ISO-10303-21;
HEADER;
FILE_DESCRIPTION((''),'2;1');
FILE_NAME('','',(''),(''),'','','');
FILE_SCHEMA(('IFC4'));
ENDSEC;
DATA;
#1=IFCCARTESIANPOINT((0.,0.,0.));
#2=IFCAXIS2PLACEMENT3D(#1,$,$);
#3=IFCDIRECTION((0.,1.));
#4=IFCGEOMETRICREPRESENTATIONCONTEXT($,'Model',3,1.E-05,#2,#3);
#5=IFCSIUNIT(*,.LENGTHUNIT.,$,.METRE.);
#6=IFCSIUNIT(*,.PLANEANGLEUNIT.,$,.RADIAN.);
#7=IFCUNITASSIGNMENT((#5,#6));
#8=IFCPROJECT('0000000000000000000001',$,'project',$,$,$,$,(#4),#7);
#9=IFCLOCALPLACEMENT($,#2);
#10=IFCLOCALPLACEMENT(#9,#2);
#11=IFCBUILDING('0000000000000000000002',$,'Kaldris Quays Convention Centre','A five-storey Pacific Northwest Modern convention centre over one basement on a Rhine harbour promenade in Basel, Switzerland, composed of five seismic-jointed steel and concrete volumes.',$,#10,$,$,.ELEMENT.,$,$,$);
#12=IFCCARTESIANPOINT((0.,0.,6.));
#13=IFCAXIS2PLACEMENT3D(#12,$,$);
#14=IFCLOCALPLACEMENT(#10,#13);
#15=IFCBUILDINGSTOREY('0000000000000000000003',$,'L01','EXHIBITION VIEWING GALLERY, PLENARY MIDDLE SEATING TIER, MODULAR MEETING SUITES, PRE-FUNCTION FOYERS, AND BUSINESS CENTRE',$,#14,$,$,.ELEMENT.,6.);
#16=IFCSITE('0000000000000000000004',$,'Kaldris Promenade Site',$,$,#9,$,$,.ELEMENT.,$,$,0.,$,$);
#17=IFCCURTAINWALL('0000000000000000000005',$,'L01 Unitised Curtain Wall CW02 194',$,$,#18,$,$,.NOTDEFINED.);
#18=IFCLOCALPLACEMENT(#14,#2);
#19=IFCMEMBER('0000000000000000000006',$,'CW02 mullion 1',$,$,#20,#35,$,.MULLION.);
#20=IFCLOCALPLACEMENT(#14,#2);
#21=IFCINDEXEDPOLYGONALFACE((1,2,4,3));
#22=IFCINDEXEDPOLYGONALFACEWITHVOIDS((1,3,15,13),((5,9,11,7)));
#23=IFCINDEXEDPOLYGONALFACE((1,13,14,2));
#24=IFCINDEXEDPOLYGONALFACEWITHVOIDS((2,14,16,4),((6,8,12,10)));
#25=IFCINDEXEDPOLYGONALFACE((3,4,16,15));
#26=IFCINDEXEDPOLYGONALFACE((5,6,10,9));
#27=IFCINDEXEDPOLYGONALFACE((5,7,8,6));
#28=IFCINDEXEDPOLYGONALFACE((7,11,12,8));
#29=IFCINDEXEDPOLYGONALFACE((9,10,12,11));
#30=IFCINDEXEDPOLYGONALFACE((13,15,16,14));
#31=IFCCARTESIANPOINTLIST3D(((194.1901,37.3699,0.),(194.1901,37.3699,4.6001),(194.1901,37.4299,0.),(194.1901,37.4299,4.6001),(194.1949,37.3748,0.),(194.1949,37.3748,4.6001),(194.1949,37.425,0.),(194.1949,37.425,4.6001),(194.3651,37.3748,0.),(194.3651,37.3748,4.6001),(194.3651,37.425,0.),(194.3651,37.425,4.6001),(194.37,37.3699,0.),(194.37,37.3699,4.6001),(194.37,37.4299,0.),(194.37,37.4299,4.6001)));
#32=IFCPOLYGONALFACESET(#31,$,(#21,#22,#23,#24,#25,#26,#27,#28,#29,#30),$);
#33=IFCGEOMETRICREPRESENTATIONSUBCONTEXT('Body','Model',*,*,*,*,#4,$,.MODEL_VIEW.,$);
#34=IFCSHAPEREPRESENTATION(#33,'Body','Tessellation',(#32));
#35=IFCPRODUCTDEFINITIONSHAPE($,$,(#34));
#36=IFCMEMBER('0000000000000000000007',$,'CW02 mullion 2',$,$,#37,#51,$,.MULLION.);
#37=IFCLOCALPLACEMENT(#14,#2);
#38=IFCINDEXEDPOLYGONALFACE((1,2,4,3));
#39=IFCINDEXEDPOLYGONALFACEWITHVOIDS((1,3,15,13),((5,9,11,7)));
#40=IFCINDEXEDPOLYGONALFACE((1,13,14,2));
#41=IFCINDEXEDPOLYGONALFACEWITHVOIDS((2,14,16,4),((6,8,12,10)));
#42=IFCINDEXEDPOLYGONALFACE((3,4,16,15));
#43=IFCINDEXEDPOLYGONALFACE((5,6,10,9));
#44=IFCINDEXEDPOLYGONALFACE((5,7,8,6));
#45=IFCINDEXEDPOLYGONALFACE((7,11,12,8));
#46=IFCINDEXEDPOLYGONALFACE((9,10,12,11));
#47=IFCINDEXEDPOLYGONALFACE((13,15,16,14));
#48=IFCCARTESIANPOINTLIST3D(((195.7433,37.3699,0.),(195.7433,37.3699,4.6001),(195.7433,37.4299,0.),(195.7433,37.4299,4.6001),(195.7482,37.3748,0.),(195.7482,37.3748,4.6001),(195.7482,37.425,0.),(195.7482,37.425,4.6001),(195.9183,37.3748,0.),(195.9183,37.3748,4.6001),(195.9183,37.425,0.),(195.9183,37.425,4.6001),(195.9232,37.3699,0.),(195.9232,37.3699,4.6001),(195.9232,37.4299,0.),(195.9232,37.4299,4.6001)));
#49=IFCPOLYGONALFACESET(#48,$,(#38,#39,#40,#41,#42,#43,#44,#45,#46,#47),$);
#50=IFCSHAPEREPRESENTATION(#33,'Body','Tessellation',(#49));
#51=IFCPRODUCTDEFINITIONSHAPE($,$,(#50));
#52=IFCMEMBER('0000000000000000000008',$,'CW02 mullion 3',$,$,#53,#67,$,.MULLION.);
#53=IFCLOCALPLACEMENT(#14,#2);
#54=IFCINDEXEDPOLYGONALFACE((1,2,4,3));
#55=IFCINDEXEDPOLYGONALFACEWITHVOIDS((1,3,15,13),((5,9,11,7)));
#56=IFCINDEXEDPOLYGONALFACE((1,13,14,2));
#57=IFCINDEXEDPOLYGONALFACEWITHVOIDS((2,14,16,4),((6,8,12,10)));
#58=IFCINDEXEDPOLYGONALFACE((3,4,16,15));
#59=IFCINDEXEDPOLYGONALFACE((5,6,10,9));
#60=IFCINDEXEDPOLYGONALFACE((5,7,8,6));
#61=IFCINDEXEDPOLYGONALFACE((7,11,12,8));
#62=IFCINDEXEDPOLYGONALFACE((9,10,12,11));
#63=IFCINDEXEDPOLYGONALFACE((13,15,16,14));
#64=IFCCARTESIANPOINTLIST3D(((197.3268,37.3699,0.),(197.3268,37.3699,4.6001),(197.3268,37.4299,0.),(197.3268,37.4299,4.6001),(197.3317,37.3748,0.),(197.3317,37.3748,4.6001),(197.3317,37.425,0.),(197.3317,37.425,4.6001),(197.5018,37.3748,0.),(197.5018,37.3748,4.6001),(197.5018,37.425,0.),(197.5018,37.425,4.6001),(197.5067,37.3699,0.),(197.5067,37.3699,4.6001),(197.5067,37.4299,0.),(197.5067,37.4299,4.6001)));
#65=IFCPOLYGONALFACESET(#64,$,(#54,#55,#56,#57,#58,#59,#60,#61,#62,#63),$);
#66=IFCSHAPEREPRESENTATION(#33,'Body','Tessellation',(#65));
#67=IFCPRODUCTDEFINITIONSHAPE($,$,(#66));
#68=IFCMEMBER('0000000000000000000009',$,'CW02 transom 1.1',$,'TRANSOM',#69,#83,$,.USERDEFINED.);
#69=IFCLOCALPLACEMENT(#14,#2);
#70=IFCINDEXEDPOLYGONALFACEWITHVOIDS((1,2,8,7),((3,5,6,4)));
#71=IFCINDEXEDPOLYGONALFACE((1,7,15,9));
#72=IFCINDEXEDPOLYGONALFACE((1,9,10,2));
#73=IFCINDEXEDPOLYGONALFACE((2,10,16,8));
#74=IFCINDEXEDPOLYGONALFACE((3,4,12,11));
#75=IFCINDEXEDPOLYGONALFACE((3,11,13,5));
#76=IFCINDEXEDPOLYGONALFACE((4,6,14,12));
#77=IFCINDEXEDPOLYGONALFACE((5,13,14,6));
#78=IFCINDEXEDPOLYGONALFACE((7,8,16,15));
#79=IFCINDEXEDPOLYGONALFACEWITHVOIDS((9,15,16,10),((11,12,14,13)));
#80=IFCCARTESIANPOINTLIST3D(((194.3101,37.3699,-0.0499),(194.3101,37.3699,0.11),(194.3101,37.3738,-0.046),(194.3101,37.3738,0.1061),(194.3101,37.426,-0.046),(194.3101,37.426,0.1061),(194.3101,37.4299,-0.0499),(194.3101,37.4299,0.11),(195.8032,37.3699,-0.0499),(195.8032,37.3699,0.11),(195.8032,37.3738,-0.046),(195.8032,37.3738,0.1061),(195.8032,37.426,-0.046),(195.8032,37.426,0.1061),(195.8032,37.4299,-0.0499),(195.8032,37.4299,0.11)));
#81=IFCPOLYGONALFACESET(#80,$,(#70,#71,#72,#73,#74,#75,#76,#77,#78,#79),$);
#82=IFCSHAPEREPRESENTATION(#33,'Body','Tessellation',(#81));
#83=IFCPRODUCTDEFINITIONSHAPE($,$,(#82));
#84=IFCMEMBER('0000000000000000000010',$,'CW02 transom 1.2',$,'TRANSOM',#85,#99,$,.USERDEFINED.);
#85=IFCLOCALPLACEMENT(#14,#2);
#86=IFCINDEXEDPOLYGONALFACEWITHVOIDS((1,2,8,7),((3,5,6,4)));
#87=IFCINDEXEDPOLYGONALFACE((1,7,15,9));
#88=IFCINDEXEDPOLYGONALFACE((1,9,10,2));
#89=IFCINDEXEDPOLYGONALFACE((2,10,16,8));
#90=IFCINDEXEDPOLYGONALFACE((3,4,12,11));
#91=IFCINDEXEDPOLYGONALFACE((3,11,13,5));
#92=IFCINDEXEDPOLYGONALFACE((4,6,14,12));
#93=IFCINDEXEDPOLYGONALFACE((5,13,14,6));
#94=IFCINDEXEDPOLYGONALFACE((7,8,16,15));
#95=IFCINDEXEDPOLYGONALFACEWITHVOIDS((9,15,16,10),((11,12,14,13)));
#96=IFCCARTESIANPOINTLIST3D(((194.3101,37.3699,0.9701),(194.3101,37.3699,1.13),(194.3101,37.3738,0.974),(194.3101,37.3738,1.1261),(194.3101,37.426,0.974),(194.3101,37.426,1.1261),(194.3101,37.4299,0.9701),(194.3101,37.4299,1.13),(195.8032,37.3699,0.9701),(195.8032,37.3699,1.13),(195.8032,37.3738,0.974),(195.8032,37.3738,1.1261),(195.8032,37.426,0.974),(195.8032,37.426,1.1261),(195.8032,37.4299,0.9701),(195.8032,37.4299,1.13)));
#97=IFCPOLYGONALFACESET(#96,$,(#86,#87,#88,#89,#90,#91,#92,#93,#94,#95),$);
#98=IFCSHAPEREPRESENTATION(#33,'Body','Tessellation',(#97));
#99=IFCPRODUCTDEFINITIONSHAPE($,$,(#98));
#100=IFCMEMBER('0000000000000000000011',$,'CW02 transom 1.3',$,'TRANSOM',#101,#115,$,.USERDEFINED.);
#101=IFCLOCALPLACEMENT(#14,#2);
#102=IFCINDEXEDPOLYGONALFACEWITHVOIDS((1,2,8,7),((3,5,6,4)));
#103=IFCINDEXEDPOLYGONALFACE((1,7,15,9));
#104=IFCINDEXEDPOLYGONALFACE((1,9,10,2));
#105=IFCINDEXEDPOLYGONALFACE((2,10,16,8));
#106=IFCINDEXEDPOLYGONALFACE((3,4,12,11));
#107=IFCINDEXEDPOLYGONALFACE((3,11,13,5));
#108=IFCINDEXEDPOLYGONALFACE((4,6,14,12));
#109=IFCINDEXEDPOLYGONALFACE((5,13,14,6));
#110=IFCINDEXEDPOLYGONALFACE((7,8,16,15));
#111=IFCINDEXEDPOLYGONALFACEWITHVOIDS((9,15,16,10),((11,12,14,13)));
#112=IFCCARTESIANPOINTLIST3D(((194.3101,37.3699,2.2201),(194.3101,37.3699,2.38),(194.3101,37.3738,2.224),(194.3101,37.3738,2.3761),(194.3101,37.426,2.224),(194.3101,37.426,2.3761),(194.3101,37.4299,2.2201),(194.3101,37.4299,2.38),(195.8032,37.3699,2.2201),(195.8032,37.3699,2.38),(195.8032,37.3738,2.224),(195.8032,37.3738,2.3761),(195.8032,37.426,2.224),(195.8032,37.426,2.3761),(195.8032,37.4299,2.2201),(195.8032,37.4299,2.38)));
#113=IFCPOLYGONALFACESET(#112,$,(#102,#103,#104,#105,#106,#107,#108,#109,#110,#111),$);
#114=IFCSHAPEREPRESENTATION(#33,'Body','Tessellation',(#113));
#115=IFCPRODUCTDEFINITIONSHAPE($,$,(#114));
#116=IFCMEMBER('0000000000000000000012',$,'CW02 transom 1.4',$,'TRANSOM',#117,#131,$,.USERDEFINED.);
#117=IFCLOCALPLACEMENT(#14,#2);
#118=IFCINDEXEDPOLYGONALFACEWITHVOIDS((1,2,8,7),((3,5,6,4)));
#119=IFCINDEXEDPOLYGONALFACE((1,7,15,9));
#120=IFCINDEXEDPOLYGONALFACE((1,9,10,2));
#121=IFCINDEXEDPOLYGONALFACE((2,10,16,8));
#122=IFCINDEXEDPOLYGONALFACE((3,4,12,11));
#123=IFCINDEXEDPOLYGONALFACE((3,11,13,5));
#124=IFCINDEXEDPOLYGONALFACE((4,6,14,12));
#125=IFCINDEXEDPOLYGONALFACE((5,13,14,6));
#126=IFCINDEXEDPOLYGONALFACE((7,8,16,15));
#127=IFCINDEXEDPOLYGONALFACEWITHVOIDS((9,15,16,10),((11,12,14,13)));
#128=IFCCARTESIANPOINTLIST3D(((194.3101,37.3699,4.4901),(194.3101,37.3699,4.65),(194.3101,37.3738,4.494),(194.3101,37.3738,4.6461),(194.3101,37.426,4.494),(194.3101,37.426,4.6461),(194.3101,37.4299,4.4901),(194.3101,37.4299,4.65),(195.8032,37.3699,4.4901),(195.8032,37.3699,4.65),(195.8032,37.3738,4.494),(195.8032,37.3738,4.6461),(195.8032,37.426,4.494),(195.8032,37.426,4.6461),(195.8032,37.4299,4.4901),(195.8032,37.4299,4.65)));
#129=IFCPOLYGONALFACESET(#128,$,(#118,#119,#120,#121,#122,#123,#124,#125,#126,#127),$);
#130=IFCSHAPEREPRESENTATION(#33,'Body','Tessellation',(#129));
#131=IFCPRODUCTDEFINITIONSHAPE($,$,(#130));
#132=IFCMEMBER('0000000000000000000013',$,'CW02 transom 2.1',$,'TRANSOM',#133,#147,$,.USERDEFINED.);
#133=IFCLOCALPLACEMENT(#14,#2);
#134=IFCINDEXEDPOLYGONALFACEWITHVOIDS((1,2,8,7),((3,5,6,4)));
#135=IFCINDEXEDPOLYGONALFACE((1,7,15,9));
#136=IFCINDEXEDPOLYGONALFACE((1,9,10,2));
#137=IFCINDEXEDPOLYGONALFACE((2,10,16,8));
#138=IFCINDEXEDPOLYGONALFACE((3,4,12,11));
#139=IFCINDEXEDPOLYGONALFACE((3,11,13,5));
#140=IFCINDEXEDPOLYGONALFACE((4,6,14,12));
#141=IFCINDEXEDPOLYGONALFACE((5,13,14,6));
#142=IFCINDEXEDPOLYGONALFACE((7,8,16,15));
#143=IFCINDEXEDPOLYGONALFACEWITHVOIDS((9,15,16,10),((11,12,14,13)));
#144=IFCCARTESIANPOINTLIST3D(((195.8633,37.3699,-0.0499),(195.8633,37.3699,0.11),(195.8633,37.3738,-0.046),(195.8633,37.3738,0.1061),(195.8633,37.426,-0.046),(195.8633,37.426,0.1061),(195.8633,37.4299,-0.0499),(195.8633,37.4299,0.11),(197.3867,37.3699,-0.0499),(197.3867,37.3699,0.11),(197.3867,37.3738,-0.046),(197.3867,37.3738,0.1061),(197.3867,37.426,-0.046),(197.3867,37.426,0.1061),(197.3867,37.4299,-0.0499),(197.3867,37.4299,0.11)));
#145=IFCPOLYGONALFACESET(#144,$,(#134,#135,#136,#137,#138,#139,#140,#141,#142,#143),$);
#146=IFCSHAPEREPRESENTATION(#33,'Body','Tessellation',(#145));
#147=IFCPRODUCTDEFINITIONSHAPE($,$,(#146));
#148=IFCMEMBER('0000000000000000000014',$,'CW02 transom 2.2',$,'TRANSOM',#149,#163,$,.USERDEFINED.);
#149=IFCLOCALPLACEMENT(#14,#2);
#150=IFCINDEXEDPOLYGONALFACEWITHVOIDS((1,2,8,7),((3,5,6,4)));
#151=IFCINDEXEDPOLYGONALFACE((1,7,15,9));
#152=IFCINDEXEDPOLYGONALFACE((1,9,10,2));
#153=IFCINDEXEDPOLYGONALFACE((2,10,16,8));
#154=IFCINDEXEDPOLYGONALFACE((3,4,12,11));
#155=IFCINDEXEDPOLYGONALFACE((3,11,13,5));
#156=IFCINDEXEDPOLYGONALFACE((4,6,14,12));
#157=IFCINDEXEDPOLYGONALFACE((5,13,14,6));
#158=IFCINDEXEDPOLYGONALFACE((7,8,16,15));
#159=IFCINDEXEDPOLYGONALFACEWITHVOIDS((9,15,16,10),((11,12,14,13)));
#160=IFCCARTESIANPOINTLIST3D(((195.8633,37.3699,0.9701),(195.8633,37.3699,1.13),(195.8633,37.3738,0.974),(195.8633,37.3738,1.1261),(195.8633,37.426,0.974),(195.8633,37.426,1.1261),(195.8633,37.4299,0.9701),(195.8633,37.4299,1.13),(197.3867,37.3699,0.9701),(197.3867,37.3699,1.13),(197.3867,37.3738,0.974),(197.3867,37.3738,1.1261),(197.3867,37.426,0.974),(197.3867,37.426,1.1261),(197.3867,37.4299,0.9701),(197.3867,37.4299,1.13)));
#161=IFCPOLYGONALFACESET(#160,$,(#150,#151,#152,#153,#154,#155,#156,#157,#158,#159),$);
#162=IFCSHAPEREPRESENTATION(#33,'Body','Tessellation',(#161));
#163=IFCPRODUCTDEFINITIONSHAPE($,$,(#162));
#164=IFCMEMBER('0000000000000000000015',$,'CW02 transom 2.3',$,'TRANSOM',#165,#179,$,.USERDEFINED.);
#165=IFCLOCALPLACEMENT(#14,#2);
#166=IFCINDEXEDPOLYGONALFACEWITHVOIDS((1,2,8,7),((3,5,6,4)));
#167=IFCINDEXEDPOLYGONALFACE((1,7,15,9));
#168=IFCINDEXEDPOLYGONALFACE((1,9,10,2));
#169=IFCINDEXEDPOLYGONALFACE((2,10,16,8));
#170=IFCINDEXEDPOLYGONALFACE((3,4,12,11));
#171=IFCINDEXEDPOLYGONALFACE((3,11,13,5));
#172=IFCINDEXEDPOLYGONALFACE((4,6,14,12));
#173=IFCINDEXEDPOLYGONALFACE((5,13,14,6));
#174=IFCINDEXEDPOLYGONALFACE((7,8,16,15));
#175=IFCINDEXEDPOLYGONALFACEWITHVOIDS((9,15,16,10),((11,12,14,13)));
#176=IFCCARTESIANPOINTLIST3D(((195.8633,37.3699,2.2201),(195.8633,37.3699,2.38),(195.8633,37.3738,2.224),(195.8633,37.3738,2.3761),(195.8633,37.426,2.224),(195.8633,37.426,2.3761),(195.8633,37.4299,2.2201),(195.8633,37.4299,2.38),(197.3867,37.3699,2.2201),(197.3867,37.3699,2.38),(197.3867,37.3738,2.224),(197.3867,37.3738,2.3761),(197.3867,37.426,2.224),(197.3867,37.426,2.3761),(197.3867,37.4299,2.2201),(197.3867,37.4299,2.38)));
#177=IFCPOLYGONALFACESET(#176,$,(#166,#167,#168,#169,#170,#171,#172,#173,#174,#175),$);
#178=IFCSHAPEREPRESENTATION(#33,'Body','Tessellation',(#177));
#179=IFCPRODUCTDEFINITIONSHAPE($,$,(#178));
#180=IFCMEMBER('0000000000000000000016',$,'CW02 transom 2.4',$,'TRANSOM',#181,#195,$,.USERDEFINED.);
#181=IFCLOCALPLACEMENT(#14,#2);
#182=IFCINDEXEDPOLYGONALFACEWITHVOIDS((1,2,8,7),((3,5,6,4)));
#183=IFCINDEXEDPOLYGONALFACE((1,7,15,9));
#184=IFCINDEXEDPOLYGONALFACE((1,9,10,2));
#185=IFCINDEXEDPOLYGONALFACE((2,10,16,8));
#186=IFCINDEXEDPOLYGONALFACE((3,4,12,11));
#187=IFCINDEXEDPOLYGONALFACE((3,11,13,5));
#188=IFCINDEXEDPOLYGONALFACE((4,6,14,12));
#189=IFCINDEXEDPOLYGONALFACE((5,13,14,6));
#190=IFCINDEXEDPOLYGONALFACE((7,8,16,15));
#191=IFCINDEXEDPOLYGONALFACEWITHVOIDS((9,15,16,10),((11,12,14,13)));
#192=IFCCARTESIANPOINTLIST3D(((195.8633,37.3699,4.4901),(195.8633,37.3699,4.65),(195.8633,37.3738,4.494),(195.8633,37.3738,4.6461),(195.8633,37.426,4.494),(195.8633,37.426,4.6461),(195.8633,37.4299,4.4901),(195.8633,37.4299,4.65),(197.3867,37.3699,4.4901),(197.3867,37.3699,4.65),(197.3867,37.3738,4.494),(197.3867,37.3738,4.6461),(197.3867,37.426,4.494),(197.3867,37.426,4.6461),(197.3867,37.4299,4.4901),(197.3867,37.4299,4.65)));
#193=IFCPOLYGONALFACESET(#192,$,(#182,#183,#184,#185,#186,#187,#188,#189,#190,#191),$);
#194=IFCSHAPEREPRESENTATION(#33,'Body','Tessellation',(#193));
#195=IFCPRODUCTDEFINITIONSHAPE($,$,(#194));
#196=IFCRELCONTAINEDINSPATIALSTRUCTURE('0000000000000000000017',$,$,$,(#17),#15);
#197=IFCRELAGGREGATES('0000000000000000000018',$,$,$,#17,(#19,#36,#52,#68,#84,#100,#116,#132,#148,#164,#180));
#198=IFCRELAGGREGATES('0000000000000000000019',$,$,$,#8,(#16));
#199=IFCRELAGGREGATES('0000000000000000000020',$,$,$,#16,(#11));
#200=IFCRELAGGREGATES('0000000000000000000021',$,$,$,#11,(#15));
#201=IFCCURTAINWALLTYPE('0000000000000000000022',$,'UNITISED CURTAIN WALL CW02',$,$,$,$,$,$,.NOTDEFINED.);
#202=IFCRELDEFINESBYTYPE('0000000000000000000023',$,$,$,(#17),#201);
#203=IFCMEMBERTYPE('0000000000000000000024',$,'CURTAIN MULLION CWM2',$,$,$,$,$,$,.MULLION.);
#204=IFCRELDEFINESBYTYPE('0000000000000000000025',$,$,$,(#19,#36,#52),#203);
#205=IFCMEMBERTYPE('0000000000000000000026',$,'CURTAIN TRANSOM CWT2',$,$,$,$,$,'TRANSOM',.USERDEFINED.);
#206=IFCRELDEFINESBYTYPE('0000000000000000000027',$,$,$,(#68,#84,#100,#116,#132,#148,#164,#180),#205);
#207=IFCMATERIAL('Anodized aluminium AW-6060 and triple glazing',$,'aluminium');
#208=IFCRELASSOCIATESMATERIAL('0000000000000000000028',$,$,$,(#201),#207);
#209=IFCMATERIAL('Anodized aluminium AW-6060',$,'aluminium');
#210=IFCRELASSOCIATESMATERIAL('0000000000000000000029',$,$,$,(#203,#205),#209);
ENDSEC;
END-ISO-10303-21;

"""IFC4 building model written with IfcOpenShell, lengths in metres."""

from ifc_helpers import new_model, si_unit, direction, frame, origin, origin_2d, place, context, subcontext, project, spatial, hollow_rectangle, extrude, material, material_profile, profile_set, type_object, element, aggregate, save


model = new_model("IFC4")

# Units and contexts
model_context = context("Model", 3, precision=1e-05, world=origin(), true_north=direction((0.0, 1.0)))
body_context = subcontext(model_context, "Body", "Model", "MODEL_VIEW")
ifc_project = project(units=[si_unit("LENGTHUNIT", "METRE"), si_unit("PLANEANGLEUNIT", "RADIAN")], contexts=[model_context])

# Site, building, storey
site_placement = place(None, origin())
site = spatial("IfcSite", under=ifc_project, at=site_placement, Name="Kaldris Promenade Site", CompositionType="ELEMENT", RefElevation=0.0)
building_placement = place(site_placement, origin())
building = spatial("IfcBuilding", under=site, at=building_placement, Name="Kaldris Quays Convention Centre", Description="A five-storey Pacific Northwest Modern convention centre over one basement on a Rhine harbour promenade in Basel, Switzerland, composed of five seismic-jointed steel and concrete volumes.", CompositionType="ELEMENT")
storey_placement = place(building_placement, frame((0.0, 0.0, 6.0)))
storey = spatial("IfcBuildingStorey", under=building, at=storey_placement, Name="L01", Description="EXHIBITION VIEWING GALLERY, PLENARY MIDDLE SEATING TIER, MODULAR MEETING SUITES, PRE-FUNCTION FOYERS, AND BUSINESS CENTRE", CompositionType="ELEMENT", Elevation=6.0)

# Curtain wall, members
ifc_material_1 = material(Name="Anodized aluminium AW-6060 and triple glazing", Category="aluminium")
curtain_wall_type = type_object("IfcCurtainWallType", Name="UNITISED CURTAIN WALL CW02", PredefinedType="NOTDEFINED", material=ifc_material_1)
curtain_wall_placement = place(storey_placement, origin())
curtain_wall = element("IfcCurtainWall", 1, at=curtain_wall_placement, inside=storey, type_object=curtain_wall_type, Name="L01 Unitised Curtain Wall CW02 194", PredefinedType="NOTDEFINED")
ifc_material_2 = material(Name="Anodized aluminium AW-6060", Category="aluminium")
ifc_material_profile_1 = material_profile(ifc_material_2, hollow_rectangle(XDim=0.0601, YDim=0.1799, WallThickness=0.0049, at=origin_2d()), Name="RHS 180x60x5")
ifc_profile_set_1 = profile_set([ifc_material_profile_1], Name="Anodized aluminium AW-6060")
member_type_1 = type_object("IfcMemberType", Name="CURTAIN MULLION CWM2", PredefinedType="MULLION", material=ifc_profile_set_1)
member_1_placement = place(storey_placement, frame((194.28, 37.3999, 0.0), z_axis=(0.0, 0.0, 1.0), x_axis=(0.0, 1.0, 0.0)))
member_1 = element("IfcMember", 2, at=member_1_placement, type_object=member_type_1, Name="CW02 mullion 1", PredefinedType="MULLION", context=body_context, shape_type="SweptSolid", body=[
    extrude(hollow_rectangle(XDim=0.0601, YDim=0.1799, WallThickness=0.0049, at=origin_2d()), origin(), (0.0, 0.0, 1.0), 4.6001),
])
member_2_placement = place(storey_placement, frame((195.8333, 37.3999, 0.0), z_axis=(0.0, 0.0, 1.0), x_axis=(0.0, 1.0, 0.0)))
member_2 = element("IfcMember", 3, at=member_2_placement, type_object=member_type_1, Name="CW02 mullion 2", PredefinedType="MULLION", context=body_context, shape_type="SweptSolid", body=[
    extrude(hollow_rectangle(XDim=0.0601, YDim=0.1799, WallThickness=0.0049, at=origin_2d()), origin(), (0.0, 0.0, 1.0), 4.6001),
])
member_3_placement = place(storey_placement, frame((197.4167, 37.3999, 0.0), z_axis=(0.0, 0.0, 1.0), x_axis=(0.0, 1.0, 0.0)))
member_3 = element("IfcMember", 4, at=member_3_placement, type_object=member_type_1, Name="CW02 mullion 3", PredefinedType="MULLION", context=body_context, shape_type="SweptSolid", body=[
    extrude(hollow_rectangle(XDim=0.0601, YDim=0.1799, WallThickness=0.0049, at=origin_2d()), origin(), (0.0, 0.0, 1.0), 4.6001),
])
ifc_material_profile_2 = material_profile(ifc_material_2, hollow_rectangle(XDim=0.0601, YDim=0.1599, WallThickness=0.0039, at=origin_2d()), Name="RHS 160x60x4")
ifc_profile_set_2 = profile_set([ifc_material_profile_2], Name="Anodized aluminium AW-6060")
member_type_2 = type_object("IfcMemberType", Name="CURTAIN TRANSOM CWT2", ElementType="TRANSOM", PredefinedType="USERDEFINED", material=ifc_profile_set_2)
member_4_placement = place(storey_placement, frame((194.3101, 37.3999, 0.03), z_axis=(1.0, 0.0, 0.0), x_axis=(0.0, 1.0, 0.0)))
member_4 = element("IfcMember", 5, at=member_4_placement, type_object=member_type_2, Name="CW02 transom 1.1", ObjectType="TRANSOM", PredefinedType="USERDEFINED", context=body_context, shape_type="SweptSolid", body=[
    extrude(hollow_rectangle(XDim=0.0601, YDim=0.1599, WallThickness=0.0039, at=origin_2d()), origin(), (0.0, 0.0, 1.0), 1.4932),
])
member_5_placement = place(storey_placement, frame((194.3101, 37.3999, 1.05), z_axis=(1.0, 0.0, 0.0), x_axis=(0.0, 1.0, 0.0)))
member_5 = element("IfcMember", 6, at=member_5_placement, type_object=member_type_2, Name="CW02 transom 1.2", ObjectType="TRANSOM", PredefinedType="USERDEFINED", context=body_context, shape_type="SweptSolid", body=[
    extrude(hollow_rectangle(XDim=0.0601, YDim=0.1599, WallThickness=0.0039, at=origin_2d()), origin(), (0.0, 0.0, 1.0), 1.4932),
])
member_6_placement = place(storey_placement, frame((194.3101, 37.3999, 2.3), z_axis=(1.0, 0.0, 0.0), x_axis=(0.0, 1.0, 0.0)))
member_6 = element("IfcMember", 7, at=member_6_placement, type_object=member_type_2, Name="CW02 transom 1.3", ObjectType="TRANSOM", PredefinedType="USERDEFINED", context=body_context, shape_type="SweptSolid", body=[
    extrude(hollow_rectangle(XDim=0.0601, YDim=0.1599, WallThickness=0.0039, at=origin_2d()), origin(), (0.0, 0.0, 1.0), 1.4932),
])
member_7_placement = place(storey_placement, frame((194.3101, 37.3999, 4.5701), z_axis=(1.0, 0.0, 0.0), x_axis=(0.0, 1.0, 0.0)))
member_7 = element("IfcMember", 8, at=member_7_placement, type_object=member_type_2, Name="CW02 transom 1.4", ObjectType="TRANSOM", PredefinedType="USERDEFINED", context=body_context, shape_type="SweptSolid", body=[
    extrude(hollow_rectangle(XDim=0.0601, YDim=0.1599, WallThickness=0.0039, at=origin_2d()), origin(), (0.0, 0.0, 1.0), 1.4932),
])
member_8_placement = place(storey_placement, frame((195.8633, 37.3999, 0.03), z_axis=(1.0, 0.0, 0.0), x_axis=(0.0, 1.0, 0.0)))
member_8 = element("IfcMember", 9, at=member_8_placement, type_object=member_type_2, Name="CW02 transom 2.1", ObjectType="TRANSOM", PredefinedType="USERDEFINED", context=body_context, shape_type="SweptSolid", body=[
    extrude(hollow_rectangle(XDim=0.0601, YDim=0.1599, WallThickness=0.0039, at=origin_2d()), origin(), (0.0, 0.0, 1.0), 1.5234),
])
member_9_placement = place(storey_placement, frame((195.8633, 37.3999, 1.05), z_axis=(1.0, 0.0, 0.0), x_axis=(0.0, 1.0, 0.0)))
member_9 = element("IfcMember", 10, at=member_9_placement, type_object=member_type_2, Name="CW02 transom 2.2", ObjectType="TRANSOM", PredefinedType="USERDEFINED", context=body_context, shape_type="SweptSolid", body=[
    extrude(hollow_rectangle(XDim=0.0601, YDim=0.1599, WallThickness=0.0039, at=origin_2d()), origin(), (0.0, 0.0, 1.0), 1.5234),
])
member_10_placement = place(storey_placement, frame((195.8633, 37.3999, 2.3), z_axis=(1.0, 0.0, 0.0), x_axis=(0.0, 1.0, 0.0)))
member_10 = element("IfcMember", 11, at=member_10_placement, type_object=member_type_2, Name="CW02 transom 2.3", ObjectType="TRANSOM", PredefinedType="USERDEFINED", context=body_context, shape_type="SweptSolid", body=[
    extrude(hollow_rectangle(XDim=0.0601, YDim=0.1599, WallThickness=0.0039, at=origin_2d()), origin(), (0.0, 0.0, 1.0), 1.5234),
])
member_11_placement = place(storey_placement, frame((195.8633, 37.3999, 4.5701), z_axis=(1.0, 0.0, 0.0), x_axis=(0.0, 1.0, 0.0)))
member_11 = element("IfcMember", 12, at=member_11_placement, type_object=member_type_2, Name="CW02 transom 2.4", ObjectType="TRANSOM", PredefinedType="USERDEFINED", context=body_context, shape_type="SweptSolid", body=[
    extrude(hollow_rectangle(XDim=0.0601, YDim=0.1599, WallThickness=0.0039, at=origin_2d()), origin(), (0.0, 0.0, 1.0), 1.5234),
])

aggregate(curtain_wall, [member_1, member_2, member_3, member_4, member_5, member_6, member_7, member_8, member_9, member_10, member_11])

save(model, "model.ifc")
